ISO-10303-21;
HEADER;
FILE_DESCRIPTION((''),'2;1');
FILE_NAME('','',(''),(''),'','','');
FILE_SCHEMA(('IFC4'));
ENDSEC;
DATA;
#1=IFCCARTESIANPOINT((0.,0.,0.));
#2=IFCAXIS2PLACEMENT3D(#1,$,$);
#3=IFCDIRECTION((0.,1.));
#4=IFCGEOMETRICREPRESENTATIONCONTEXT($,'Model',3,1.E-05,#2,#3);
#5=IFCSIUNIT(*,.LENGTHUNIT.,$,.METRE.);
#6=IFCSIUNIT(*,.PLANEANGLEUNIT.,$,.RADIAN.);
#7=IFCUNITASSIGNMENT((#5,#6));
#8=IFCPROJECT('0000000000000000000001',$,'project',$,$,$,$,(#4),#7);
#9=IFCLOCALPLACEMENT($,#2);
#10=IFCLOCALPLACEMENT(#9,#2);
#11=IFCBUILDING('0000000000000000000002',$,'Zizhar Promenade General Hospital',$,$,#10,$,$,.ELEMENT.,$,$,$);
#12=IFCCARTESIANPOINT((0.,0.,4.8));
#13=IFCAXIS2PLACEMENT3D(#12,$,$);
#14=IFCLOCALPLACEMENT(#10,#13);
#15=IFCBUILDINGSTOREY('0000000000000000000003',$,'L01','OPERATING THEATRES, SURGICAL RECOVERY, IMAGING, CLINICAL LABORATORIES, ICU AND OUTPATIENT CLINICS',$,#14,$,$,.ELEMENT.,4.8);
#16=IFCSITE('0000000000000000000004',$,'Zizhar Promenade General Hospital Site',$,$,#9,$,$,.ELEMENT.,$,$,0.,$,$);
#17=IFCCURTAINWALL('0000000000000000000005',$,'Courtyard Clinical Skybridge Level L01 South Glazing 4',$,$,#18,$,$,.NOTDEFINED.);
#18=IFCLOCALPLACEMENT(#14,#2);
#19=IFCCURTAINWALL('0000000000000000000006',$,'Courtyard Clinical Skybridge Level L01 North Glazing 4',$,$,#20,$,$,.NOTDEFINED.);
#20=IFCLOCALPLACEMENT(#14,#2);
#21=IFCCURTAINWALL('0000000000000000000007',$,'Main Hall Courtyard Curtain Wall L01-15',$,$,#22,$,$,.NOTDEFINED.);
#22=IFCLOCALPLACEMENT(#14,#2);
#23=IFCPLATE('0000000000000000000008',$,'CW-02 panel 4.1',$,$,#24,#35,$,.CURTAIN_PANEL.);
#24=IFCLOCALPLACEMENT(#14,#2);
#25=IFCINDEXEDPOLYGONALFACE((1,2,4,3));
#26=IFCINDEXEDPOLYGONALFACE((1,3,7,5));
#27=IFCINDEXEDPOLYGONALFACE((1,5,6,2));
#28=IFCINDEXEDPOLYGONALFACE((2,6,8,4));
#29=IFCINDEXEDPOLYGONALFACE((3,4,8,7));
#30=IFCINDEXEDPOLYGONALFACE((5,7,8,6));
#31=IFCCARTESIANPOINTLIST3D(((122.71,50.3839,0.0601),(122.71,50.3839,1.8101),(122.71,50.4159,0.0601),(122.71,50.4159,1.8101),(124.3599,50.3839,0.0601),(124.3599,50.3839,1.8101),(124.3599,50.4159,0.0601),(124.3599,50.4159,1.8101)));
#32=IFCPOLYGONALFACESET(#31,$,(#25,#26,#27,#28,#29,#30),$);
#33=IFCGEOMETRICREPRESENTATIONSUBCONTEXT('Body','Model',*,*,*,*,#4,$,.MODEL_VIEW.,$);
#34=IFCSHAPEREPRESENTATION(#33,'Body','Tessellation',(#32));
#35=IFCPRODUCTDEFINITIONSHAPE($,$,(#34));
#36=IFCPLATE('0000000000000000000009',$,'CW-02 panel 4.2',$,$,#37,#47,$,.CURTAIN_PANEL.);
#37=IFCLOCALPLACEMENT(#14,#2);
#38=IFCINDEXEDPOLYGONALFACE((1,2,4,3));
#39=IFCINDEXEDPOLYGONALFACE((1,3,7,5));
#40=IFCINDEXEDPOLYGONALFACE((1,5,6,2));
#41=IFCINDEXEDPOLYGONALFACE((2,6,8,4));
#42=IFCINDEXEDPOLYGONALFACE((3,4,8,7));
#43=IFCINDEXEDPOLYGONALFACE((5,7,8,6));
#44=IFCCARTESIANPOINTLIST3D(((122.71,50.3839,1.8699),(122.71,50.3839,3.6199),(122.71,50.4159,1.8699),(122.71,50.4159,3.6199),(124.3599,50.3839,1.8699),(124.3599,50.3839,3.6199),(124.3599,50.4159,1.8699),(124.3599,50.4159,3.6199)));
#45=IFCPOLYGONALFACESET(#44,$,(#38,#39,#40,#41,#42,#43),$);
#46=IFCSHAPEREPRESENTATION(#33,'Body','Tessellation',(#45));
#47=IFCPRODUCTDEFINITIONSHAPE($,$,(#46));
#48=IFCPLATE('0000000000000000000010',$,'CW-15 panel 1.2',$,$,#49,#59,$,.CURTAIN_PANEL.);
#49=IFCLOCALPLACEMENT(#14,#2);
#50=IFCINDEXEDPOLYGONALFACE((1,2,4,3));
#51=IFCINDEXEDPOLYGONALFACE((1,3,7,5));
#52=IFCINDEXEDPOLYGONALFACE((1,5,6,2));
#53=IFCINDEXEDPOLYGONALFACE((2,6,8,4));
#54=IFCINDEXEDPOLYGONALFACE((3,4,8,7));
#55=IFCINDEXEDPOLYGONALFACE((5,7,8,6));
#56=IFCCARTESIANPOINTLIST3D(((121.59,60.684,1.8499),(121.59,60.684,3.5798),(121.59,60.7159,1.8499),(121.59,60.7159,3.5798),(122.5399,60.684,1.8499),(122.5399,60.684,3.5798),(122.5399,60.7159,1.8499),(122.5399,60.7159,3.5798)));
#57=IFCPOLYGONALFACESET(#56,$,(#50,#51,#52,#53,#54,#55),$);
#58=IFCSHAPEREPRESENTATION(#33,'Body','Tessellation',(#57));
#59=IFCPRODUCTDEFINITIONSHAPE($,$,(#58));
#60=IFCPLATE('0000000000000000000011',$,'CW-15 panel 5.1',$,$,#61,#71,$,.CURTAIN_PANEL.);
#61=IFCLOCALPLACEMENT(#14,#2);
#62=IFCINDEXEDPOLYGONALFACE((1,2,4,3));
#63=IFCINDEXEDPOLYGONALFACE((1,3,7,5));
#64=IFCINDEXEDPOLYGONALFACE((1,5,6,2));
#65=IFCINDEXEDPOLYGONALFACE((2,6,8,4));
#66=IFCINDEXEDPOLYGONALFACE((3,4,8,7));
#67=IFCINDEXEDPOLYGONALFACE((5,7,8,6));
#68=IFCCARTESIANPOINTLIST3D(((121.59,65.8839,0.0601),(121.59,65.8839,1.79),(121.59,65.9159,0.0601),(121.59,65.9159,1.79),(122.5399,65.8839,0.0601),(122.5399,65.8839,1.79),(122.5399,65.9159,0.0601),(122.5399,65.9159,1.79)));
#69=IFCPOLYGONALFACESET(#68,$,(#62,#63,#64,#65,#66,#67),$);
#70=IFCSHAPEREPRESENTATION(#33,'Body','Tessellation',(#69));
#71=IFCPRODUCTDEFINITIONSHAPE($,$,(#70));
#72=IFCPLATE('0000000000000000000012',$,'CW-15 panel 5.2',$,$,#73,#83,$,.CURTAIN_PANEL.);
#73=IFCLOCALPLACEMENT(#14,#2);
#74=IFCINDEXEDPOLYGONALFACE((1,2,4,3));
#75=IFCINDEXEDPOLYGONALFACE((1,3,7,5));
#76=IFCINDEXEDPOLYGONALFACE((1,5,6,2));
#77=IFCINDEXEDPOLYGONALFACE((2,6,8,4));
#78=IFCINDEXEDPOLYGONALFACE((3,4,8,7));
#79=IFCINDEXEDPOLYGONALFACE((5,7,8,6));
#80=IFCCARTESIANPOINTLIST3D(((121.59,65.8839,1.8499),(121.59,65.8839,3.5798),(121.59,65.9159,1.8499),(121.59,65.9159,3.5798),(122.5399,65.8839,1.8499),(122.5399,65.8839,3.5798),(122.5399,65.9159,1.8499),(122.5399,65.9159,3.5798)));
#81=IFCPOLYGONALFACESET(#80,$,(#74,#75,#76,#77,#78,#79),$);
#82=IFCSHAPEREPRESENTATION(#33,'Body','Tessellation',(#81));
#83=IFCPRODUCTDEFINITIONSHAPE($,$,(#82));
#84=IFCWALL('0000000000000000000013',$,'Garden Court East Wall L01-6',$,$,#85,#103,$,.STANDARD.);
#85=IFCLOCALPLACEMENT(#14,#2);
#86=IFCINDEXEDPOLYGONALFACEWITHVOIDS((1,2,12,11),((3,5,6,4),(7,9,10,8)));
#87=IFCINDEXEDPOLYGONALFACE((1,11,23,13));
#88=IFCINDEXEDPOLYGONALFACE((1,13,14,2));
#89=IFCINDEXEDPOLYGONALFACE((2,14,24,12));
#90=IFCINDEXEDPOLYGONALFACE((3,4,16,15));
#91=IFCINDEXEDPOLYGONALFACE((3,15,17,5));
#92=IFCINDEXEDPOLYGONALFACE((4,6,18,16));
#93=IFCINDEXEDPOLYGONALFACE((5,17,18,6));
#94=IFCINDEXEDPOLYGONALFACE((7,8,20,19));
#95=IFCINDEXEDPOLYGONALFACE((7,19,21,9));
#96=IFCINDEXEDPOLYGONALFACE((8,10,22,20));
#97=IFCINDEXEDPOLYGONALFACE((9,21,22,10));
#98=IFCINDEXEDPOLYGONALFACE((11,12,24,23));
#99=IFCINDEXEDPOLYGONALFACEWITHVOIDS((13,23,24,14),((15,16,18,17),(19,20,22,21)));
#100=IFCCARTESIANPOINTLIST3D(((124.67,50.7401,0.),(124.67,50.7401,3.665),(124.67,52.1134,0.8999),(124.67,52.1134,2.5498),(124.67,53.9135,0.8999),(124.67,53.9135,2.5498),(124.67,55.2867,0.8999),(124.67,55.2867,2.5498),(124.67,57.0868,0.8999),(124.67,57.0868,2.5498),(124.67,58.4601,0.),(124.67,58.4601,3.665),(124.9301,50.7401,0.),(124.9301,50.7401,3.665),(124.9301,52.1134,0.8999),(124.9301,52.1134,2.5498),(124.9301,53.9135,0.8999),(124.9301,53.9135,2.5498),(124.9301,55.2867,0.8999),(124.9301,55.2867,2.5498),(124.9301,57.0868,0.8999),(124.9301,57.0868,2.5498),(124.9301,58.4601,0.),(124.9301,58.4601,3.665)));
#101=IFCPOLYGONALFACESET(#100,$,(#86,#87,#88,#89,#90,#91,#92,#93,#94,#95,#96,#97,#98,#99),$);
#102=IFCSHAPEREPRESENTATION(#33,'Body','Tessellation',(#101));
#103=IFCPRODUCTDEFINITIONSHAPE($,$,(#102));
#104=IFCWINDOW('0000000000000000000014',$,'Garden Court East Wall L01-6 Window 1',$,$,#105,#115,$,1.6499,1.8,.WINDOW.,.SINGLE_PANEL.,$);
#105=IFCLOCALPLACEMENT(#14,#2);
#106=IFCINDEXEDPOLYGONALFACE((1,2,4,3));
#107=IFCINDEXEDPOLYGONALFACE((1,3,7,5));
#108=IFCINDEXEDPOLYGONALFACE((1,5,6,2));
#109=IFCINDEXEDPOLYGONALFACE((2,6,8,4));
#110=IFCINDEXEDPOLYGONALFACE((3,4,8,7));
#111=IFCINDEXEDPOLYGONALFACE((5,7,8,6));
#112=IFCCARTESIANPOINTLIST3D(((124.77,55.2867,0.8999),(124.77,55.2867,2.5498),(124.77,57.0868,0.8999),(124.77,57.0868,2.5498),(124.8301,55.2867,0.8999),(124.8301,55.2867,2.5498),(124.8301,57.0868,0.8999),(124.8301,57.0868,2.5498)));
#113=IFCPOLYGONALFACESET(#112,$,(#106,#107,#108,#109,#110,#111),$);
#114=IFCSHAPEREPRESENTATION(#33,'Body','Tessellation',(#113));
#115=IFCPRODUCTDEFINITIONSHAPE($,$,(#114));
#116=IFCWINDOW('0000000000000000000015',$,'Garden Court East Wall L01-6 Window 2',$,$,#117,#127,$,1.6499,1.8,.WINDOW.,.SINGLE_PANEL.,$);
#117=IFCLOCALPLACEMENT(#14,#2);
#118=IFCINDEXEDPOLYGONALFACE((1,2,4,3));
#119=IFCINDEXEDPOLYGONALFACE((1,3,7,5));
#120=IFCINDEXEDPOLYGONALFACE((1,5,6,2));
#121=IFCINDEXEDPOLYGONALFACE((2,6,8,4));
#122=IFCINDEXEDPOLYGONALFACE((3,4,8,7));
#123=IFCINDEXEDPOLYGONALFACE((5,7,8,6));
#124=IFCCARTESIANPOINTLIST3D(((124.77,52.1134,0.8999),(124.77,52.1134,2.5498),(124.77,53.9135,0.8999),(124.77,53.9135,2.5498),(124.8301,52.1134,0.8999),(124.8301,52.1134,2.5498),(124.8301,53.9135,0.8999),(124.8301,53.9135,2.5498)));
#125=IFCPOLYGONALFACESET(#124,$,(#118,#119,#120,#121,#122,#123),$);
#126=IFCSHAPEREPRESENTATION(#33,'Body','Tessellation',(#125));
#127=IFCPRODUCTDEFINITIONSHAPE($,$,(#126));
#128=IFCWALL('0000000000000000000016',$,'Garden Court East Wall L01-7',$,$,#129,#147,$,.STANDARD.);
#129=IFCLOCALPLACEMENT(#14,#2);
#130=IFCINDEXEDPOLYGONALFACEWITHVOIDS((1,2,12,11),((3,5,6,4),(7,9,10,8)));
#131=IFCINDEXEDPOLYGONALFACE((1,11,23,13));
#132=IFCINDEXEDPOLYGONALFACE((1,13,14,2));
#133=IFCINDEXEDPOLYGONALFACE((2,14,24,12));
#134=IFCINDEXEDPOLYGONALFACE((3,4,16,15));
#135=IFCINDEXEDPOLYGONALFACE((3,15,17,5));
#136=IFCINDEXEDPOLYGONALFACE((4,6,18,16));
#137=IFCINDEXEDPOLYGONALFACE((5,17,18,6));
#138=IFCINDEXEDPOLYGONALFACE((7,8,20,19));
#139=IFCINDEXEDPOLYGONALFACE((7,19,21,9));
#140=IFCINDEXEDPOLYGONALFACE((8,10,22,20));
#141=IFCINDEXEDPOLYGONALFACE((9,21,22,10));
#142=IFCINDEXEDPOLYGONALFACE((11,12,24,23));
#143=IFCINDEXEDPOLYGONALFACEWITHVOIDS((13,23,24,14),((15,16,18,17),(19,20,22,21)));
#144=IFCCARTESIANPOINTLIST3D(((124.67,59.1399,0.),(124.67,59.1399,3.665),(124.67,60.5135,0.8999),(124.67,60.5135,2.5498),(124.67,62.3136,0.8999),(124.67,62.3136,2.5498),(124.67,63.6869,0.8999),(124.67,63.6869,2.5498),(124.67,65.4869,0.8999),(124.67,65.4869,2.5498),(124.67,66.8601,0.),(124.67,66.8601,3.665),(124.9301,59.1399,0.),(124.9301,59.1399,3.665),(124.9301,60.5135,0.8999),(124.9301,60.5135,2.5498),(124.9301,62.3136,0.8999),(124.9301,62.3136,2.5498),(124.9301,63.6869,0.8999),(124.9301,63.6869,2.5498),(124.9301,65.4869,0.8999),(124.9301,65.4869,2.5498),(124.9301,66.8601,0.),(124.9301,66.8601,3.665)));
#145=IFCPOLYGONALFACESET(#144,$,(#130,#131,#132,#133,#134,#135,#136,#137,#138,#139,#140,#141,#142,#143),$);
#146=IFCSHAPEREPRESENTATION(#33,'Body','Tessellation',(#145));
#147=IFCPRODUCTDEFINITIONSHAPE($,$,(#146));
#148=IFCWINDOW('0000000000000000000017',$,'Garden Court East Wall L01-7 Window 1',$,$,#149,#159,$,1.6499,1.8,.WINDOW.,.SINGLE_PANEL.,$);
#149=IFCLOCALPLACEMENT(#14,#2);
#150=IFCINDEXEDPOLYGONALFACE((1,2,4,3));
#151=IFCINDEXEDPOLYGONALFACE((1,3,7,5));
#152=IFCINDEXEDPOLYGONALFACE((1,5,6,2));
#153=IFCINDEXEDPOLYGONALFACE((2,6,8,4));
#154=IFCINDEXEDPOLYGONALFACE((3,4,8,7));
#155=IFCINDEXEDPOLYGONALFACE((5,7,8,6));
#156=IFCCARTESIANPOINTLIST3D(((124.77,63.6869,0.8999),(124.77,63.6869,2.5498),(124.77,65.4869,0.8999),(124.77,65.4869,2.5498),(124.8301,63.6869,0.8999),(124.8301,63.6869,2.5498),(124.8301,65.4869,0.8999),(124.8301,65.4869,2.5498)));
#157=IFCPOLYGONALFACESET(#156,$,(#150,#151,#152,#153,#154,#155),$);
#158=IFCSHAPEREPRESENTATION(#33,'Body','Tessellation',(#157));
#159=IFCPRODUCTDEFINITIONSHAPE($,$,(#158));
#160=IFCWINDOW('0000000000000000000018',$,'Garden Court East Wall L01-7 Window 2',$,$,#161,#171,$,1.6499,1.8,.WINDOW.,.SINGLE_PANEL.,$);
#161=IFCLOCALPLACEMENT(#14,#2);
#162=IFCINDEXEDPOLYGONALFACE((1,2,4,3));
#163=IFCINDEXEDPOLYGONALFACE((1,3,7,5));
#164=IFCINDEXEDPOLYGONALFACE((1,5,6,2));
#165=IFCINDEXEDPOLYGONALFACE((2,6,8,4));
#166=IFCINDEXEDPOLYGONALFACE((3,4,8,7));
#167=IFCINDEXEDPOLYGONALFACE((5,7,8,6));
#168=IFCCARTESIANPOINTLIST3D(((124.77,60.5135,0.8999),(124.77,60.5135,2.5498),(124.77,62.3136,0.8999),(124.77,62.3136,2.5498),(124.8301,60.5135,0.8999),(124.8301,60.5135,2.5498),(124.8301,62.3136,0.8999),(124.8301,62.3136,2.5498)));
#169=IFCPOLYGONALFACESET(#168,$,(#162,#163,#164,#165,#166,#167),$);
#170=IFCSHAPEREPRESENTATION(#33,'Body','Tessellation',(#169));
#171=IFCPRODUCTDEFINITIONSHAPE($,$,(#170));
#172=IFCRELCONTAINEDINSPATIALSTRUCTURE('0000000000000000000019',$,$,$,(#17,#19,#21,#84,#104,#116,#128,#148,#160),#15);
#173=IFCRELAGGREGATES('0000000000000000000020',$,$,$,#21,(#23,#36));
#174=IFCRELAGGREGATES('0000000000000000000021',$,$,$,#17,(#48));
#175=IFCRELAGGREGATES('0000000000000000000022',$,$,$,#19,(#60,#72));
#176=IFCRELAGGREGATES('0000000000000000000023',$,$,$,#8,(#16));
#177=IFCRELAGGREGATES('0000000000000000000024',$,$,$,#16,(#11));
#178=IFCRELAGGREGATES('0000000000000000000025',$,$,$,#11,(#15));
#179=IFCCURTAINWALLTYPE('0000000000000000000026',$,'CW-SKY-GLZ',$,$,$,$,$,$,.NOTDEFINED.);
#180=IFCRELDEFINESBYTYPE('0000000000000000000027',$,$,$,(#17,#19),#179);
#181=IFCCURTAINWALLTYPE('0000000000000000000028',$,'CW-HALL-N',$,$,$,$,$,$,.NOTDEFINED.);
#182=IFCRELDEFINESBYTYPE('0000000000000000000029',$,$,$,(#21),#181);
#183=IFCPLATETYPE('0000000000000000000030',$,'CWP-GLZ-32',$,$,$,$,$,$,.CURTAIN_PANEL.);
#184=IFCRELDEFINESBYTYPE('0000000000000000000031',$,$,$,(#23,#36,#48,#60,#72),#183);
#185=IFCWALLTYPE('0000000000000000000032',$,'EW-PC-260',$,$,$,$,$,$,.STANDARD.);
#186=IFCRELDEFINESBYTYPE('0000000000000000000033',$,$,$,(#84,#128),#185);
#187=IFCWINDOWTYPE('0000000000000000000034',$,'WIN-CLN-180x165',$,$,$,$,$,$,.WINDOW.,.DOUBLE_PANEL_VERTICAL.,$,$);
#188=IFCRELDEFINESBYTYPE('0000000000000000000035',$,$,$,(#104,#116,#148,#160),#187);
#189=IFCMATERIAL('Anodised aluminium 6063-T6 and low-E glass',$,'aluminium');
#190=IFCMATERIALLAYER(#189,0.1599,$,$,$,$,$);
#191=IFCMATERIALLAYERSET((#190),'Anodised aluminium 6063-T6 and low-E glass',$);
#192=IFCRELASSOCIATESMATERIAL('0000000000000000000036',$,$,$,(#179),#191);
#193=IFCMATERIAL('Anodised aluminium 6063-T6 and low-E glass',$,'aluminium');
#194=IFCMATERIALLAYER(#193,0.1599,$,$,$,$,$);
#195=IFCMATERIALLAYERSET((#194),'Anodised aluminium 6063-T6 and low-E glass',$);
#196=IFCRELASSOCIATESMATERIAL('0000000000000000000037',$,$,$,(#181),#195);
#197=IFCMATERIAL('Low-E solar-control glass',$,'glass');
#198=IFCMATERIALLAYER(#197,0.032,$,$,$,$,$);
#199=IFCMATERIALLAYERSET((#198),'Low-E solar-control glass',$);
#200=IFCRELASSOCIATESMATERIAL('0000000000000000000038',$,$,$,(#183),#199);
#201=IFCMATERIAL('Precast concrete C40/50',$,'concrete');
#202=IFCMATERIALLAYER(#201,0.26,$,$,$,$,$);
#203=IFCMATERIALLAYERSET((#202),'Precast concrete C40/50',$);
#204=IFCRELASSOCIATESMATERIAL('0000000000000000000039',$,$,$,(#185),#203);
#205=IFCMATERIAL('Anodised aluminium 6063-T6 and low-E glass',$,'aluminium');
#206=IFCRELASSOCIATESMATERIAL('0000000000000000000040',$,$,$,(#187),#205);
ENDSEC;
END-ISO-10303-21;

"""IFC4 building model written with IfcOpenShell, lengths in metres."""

from ifc_helpers import new_model, si_unit, direction, frame, frame_2d, origin, origin_2d, place, context, subcontext, project, spatial, rectangle, extrude, material, layer, layer_set, type_object, element, fill, aggregate, save


model = new_model("IFC4")

# Units and contexts
model_context = context("Model", 3, precision=1e-05, world=origin(), true_north=direction((0.0, 1.0)))
body_context = subcontext(model_context, "Body", "Model", "MODEL_VIEW")
ifc_project = project(units=[si_unit("LENGTHUNIT", "METRE"), si_unit("PLANEANGLEUNIT", "RADIAN")], contexts=[model_context])

# Site, building, storey
site_placement = place(None, origin())
site = spatial("IfcSite", under=ifc_project, at=site_placement, Name="Zizhar Promenade General Hospital Site", CompositionType="ELEMENT", RefElevation=0.0)
building_placement = place(site_placement, origin())
building = spatial("IfcBuilding", under=site, at=building_placement, Name="Zizhar Promenade General Hospital", CompositionType="ELEMENT")
storey_placement = place(building_placement, frame((0.0, 0.0, 4.8)))
storey = spatial("IfcBuildingStorey", under=building, at=storey_placement, Name="L01", Description="OPERATING THEATRES, SURGICAL RECOVERY, IMAGING, CLINICAL LABORATORIES, ICU AND OUTPATIENT CLINICS", CompositionType="ELEMENT", Elevation=4.8)

# Curtain walls
ifc_material_1 = material(Name="Anodised aluminium 6063-T6 and low-E glass", Category="aluminium")
ifc_layer_1 = layer(ifc_material_1, 0.1599)
ifc_layer_set_1 = layer_set([ifc_layer_1], Name="Anodised aluminium 6063-T6 and low-E glass")
curtain_wall_type_1 = type_object("IfcCurtainWallType", Name="CW-SKY-GLZ", PredefinedType="NOTDEFINED", material=ifc_layer_set_1)
curtain_wall_1_placement = place(storey_placement, origin())
curtain_wall_1 = element("IfcCurtainWall", 1, at=curtain_wall_1_placement, inside=storey, type_object=curtain_wall_type_1, Name="Courtyard Clinical Skybridge Level L01 South Glazing 4", PredefinedType="NOTDEFINED")
curtain_wall_2_placement = place(storey_placement, origin())
curtain_wall_2 = element("IfcCurtainWall", 2, at=curtain_wall_2_placement, inside=storey, type_object=curtain_wall_type_1, Name="Courtyard Clinical Skybridge Level L01 North Glazing 4", PredefinedType="NOTDEFINED")

# Curtain wall
ifc_material_2 = material(Name="Anodised aluminium 6063-T6 and low-E glass", Category="aluminium")
ifc_layer_2 = layer(ifc_material_2, 0.1599)
ifc_layer_set_2 = layer_set([ifc_layer_2], Name="Anodised aluminium 6063-T6 and low-E glass")
curtain_wall_type_2 = type_object("IfcCurtainWallType", Name="CW-HALL-N", PredefinedType="NOTDEFINED", material=ifc_layer_set_2)
curtain_wall_3_placement = place(storey_placement, origin())
curtain_wall_3 = element("IfcCurtainWall", 3, at=curtain_wall_3_placement, inside=storey, type_object=curtain_wall_type_2, Name="Main Hall Courtyard Curtain Wall L01-15", PredefinedType="NOTDEFINED")

# Plates
ifc_material_3 = material(Name="Low-E solar-control glass", Category="glass")
ifc_layer_3 = layer(ifc_material_3, 0.032)
ifc_layer_set_3 = layer_set([ifc_layer_3], Name="Low-E solar-control glass")
plate_type = type_object("IfcPlateType", Name="CWP-GLZ-32", PredefinedType="CURTAIN_PANEL", material=ifc_layer_set_3)
plate_1_placement = place(storey_placement, frame((123.5349, 50.3999, 0.0601), z_axis=(0.0, 0.0, 1.0), x_axis=(1.0, 0.0, 0.0)))
plate_1 = element("IfcPlate", 4, at=plate_1_placement, type_object=plate_type, Name="CW-02 panel 4.1", PredefinedType="CURTAIN_PANEL", context=body_context, shape_type="SweptSolid", body=[
    extrude(rectangle(XDim=1.6499, YDim=0.032, at=origin_2d()), origin(), (0.0, 0.0, 1.0), 1.75),
])
plate_2_placement = place(storey_placement, frame((123.5349, 50.3999, 1.8699), z_axis=(0.0, 0.0, 1.0), x_axis=(1.0, 0.0, 0.0)))
plate_2 = element("IfcPlate", 5, at=plate_2_placement, type_object=plate_type, Name="CW-02 panel 4.2", PredefinedType="CURTAIN_PANEL", context=body_context, shape_type="SweptSolid", body=[
    extrude(rectangle(XDim=1.6499, YDim=0.032, at=origin_2d()), origin(), (0.0, 0.0, 1.0), 1.75),
])
aggregate(curtain_wall_3, [plate_1, plate_2])
plate_3_placement = place(storey_placement, frame((122.0649, 60.7, 1.8499), z_axis=(0.0, 0.0, 1.0), x_axis=(-1.0, 0.0, 0.0)))
plate_3 = element("IfcPlate", 6, at=plate_3_placement, type_object=plate_type, Name="CW-15 panel 1.2", PredefinedType="CURTAIN_PANEL", context=body_context, shape_type="SweptSolid", body=[
    extrude(rectangle(XDim=0.95, YDim=0.032, at=origin_2d()), origin(), (0.0, 0.0, 1.0), 1.73),
])
aggregate(curtain_wall_1, [plate_3])
plate_4_placement = place(storey_placement, frame((122.0649, 65.8999, 0.0601), z_axis=(0.0, 0.0, 1.0), x_axis=(1.0, 0.0, 0.0)))
plate_4 = element("IfcPlate", 7, at=plate_4_placement, type_object=plate_type, Name="CW-15 panel 5.1", PredefinedType="CURTAIN_PANEL", context=body_context, shape_type="SweptSolid", body=[
    extrude(rectangle(XDim=0.95, YDim=0.032, at=origin_2d()), origin(), (0.0, 0.0, 1.0), 1.73),
])
plate_5_placement = place(storey_placement, frame((122.0649, 65.8999, 1.8499), z_axis=(0.0, 0.0, 1.0), x_axis=(1.0, 0.0, 0.0)))
plate_5 = element("IfcPlate", 8, at=plate_5_placement, type_object=plate_type, Name="CW-15 panel 5.2", PredefinedType="CURTAIN_PANEL", context=body_context, shape_type="SweptSolid", body=[
    extrude(rectangle(XDim=0.95, YDim=0.032, at=origin_2d()), origin(), (0.0, 0.0, 1.0), 1.73),
])
aggregate(curtain_wall_2, [plate_4, plate_5])

# Walls, openings, windows
ifc_material_4 = material(Name="Precast concrete C40/50", Category="concrete")
ifc_layer_4 = layer(ifc_material_4, 0.26)
ifc_layer_set_4 = layer_set([ifc_layer_4], Name="Precast concrete C40/50")
wall_type = type_object("IfcWallType", Name="EW-PC-260", PredefinedType="STANDARD", material=ifc_layer_set_4)
wall_1_placement = place(storey_placement, frame((124.8, 58.46, 0.0), z_axis=(0.0, 0.0, 1.0), x_axis=(0.0, -1.0, 0.0)))
wall_1 = element("IfcWall", 9, at=wall_1_placement, inside=storey, type_object=wall_type, Name="Garden Court East Wall L01-6", PredefinedType="STANDARD", context=body_context, shape_type="SweptSolid", body=[
    extrude(rectangle(XDim=7.72, YDim=0.26, at=frame_2d((3.8599, 0.0))), origin(), (0.0, 0.0, 1.0), 3.665),
])
opening_1_placement = place(wall_1_placement, frame((1.3733, 0.0, 0.8999)))
opening_1 = element("IfcOpeningElement", 10, at=opening_1_placement, cuts=wall_1, PredefinedType="OPENING", context=body_context, shape_type="SweptSolid", body=[
    extrude(rectangle(XDim=1.8, YDim=1.6499, at=frame_2d((0.8999, 0.825))), frame((0.0, 0.1401, 0.0), z_axis=(0.0, -1.0, 0.0), x_axis=(1.0, 0.0, 0.0)), (0.0, 0.0, 1.0), 0.28),
])
opening_2_placement = place(wall_1_placement, frame((4.5466, 0.0, 0.8999)))
opening_2 = element("IfcOpeningElement", 11, at=opening_2_placement, cuts=wall_1, PredefinedType="OPENING", context=body_context, shape_type="SweptSolid", body=[
    extrude(rectangle(XDim=1.8, YDim=1.6499, at=frame_2d((0.8999, 0.825))), frame((0.0, 0.1401, 0.0), z_axis=(0.0, -1.0, 0.0), x_axis=(1.0, 0.0, 0.0)), (0.0, 0.0, 1.0), 0.28),
])
ifc_material_5 = material(Name="Anodised aluminium 6063-T6 and low-E glass", Category="aluminium")
window_type = type_object("IfcWindowType", Name="WIN-CLN-180x165", PartitioningType="DOUBLE_PANEL_VERTICAL", PredefinedType="WINDOW", material=ifc_material_5)
window_1_placement = place(opening_1_placement, origin())
window_1 = element("IfcWindow", 12, at=window_1_placement, inside=storey, type_object=window_type, Name="Garden Court East Wall L01-6 Window 1", OverallHeight=1.6499, OverallWidth=1.8, PartitioningType="SINGLE_PANEL", PredefinedType="WINDOW", context=body_context, shape_type="SweptSolid", body=[
    extrude(rectangle(XDim=1.8, YDim=1.6499, at=frame_2d((0.8999, 0.825))), frame((0.0, 0.03, 0.0), z_axis=(0.0, -1.0, 0.0), x_axis=(1.0, 0.0, 0.0)), (0.0, 0.0, 1.0), 0.0601),
])
fill(opening_1, window_1)
window_2_placement = place(opening_2_placement, origin())
window_2 = element("IfcWindow", 13, at=window_2_placement, inside=storey, type_object=window_type, Name="Garden Court East Wall L01-6 Window 2", OverallHeight=1.6499, OverallWidth=1.8, PartitioningType="SINGLE_PANEL", PredefinedType="WINDOW", context=body_context, shape_type="SweptSolid", body=[
    extrude(rectangle(XDim=1.8, YDim=1.6499, at=frame_2d((0.8999, 0.825))), frame((0.0, 0.03, 0.0), z_axis=(0.0, -1.0, 0.0), x_axis=(1.0, 0.0, 0.0)), (0.0, 0.0, 1.0), 0.0601),
])
fill(opening_2, window_2)
wall_2_placement = place(storey_placement, frame((124.8, 66.8601, 0.0), z_axis=(0.0, 0.0, 1.0), x_axis=(0.0, -1.0, 0.0)))
wall_2 = element("IfcWall", 14, at=wall_2_placement, inside=storey, type_object=wall_type, Name="Garden Court East Wall L01-7", PredefinedType="STANDARD", context=body_context, shape_type="SweptSolid", body=[
    extrude(rectangle(XDim=7.7202, YDim=0.26, at=frame_2d((3.8601, 0.0))), origin(), (0.0, 0.0, 1.0), 3.665),
])
opening_3_placement = place(wall_2_placement, frame((1.3733, 0.0, 0.8999)))
opening_3 = element("IfcOpeningElement", 15, at=opening_3_placement, cuts=wall_2, PredefinedType="OPENING", context=body_context, shape_type="SweptSolid", body=[
    extrude(rectangle(XDim=1.8, YDim=1.6499, at=frame_2d((0.8999, 0.825))), frame((0.0, 0.1401, 0.0), z_axis=(0.0, -1.0, 0.0), x_axis=(1.0, 0.0, 0.0)), (0.0, 0.0, 1.0), 0.28),
])
opening_4_placement = place(wall_2_placement, frame((4.5466, 0.0, 0.8999)))
opening_4 = element("IfcOpeningElement", 16, at=opening_4_placement, cuts=wall_2, PredefinedType="OPENING", context=body_context, shape_type="SweptSolid", body=[
    extrude(rectangle(XDim=1.8, YDim=1.6499, at=frame_2d((0.8999, 0.825))), frame((0.0, 0.1401, 0.0), z_axis=(0.0, -1.0, 0.0), x_axis=(1.0, 0.0, 0.0)), (0.0, 0.0, 1.0), 0.28),
])
window_3_placement = place(opening_3_placement, origin())
window_3 = element("IfcWindow", 17, at=window_3_placement, inside=storey, type_object=window_type, Name="Garden Court East Wall L01-7 Window 1", OverallHeight=1.6499, OverallWidth=1.8, PartitioningType="SINGLE_PANEL", PredefinedType="WINDOW", context=body_context, shape_type="SweptSolid", body=[
    extrude(rectangle(XDim=1.8, YDim=1.6499, at=frame_2d((0.8999, 0.825))), frame((0.0, 0.03, 0.0), z_axis=(0.0, -1.0, 0.0), x_axis=(1.0, 0.0, 0.0)), (0.0, 0.0, 1.0), 0.0601),
])
fill(opening_3, window_3)
window_4_placement = place(opening_4_placement, origin())
window_4 = element("IfcWindow", 18, at=window_4_placement, inside=storey, type_object=window_type, Name="Garden Court East Wall L01-7 Window 2", OverallHeight=1.6499, OverallWidth=1.8, PartitioningType="SINGLE_PANEL", PredefinedType="WINDOW", context=body_context, shape_type="SweptSolid", body=[
    extrude(rectangle(XDim=1.8, YDim=1.6499, at=frame_2d((0.8999, 0.825))), frame((0.0, 0.03, 0.0), z_axis=(0.0, -1.0, 0.0), x_axis=(1.0, 0.0, 0.0)), (0.0, 0.0, 1.0), 0.0601),
])
fill(opening_4, window_4)

save(model, "model.ifc")
